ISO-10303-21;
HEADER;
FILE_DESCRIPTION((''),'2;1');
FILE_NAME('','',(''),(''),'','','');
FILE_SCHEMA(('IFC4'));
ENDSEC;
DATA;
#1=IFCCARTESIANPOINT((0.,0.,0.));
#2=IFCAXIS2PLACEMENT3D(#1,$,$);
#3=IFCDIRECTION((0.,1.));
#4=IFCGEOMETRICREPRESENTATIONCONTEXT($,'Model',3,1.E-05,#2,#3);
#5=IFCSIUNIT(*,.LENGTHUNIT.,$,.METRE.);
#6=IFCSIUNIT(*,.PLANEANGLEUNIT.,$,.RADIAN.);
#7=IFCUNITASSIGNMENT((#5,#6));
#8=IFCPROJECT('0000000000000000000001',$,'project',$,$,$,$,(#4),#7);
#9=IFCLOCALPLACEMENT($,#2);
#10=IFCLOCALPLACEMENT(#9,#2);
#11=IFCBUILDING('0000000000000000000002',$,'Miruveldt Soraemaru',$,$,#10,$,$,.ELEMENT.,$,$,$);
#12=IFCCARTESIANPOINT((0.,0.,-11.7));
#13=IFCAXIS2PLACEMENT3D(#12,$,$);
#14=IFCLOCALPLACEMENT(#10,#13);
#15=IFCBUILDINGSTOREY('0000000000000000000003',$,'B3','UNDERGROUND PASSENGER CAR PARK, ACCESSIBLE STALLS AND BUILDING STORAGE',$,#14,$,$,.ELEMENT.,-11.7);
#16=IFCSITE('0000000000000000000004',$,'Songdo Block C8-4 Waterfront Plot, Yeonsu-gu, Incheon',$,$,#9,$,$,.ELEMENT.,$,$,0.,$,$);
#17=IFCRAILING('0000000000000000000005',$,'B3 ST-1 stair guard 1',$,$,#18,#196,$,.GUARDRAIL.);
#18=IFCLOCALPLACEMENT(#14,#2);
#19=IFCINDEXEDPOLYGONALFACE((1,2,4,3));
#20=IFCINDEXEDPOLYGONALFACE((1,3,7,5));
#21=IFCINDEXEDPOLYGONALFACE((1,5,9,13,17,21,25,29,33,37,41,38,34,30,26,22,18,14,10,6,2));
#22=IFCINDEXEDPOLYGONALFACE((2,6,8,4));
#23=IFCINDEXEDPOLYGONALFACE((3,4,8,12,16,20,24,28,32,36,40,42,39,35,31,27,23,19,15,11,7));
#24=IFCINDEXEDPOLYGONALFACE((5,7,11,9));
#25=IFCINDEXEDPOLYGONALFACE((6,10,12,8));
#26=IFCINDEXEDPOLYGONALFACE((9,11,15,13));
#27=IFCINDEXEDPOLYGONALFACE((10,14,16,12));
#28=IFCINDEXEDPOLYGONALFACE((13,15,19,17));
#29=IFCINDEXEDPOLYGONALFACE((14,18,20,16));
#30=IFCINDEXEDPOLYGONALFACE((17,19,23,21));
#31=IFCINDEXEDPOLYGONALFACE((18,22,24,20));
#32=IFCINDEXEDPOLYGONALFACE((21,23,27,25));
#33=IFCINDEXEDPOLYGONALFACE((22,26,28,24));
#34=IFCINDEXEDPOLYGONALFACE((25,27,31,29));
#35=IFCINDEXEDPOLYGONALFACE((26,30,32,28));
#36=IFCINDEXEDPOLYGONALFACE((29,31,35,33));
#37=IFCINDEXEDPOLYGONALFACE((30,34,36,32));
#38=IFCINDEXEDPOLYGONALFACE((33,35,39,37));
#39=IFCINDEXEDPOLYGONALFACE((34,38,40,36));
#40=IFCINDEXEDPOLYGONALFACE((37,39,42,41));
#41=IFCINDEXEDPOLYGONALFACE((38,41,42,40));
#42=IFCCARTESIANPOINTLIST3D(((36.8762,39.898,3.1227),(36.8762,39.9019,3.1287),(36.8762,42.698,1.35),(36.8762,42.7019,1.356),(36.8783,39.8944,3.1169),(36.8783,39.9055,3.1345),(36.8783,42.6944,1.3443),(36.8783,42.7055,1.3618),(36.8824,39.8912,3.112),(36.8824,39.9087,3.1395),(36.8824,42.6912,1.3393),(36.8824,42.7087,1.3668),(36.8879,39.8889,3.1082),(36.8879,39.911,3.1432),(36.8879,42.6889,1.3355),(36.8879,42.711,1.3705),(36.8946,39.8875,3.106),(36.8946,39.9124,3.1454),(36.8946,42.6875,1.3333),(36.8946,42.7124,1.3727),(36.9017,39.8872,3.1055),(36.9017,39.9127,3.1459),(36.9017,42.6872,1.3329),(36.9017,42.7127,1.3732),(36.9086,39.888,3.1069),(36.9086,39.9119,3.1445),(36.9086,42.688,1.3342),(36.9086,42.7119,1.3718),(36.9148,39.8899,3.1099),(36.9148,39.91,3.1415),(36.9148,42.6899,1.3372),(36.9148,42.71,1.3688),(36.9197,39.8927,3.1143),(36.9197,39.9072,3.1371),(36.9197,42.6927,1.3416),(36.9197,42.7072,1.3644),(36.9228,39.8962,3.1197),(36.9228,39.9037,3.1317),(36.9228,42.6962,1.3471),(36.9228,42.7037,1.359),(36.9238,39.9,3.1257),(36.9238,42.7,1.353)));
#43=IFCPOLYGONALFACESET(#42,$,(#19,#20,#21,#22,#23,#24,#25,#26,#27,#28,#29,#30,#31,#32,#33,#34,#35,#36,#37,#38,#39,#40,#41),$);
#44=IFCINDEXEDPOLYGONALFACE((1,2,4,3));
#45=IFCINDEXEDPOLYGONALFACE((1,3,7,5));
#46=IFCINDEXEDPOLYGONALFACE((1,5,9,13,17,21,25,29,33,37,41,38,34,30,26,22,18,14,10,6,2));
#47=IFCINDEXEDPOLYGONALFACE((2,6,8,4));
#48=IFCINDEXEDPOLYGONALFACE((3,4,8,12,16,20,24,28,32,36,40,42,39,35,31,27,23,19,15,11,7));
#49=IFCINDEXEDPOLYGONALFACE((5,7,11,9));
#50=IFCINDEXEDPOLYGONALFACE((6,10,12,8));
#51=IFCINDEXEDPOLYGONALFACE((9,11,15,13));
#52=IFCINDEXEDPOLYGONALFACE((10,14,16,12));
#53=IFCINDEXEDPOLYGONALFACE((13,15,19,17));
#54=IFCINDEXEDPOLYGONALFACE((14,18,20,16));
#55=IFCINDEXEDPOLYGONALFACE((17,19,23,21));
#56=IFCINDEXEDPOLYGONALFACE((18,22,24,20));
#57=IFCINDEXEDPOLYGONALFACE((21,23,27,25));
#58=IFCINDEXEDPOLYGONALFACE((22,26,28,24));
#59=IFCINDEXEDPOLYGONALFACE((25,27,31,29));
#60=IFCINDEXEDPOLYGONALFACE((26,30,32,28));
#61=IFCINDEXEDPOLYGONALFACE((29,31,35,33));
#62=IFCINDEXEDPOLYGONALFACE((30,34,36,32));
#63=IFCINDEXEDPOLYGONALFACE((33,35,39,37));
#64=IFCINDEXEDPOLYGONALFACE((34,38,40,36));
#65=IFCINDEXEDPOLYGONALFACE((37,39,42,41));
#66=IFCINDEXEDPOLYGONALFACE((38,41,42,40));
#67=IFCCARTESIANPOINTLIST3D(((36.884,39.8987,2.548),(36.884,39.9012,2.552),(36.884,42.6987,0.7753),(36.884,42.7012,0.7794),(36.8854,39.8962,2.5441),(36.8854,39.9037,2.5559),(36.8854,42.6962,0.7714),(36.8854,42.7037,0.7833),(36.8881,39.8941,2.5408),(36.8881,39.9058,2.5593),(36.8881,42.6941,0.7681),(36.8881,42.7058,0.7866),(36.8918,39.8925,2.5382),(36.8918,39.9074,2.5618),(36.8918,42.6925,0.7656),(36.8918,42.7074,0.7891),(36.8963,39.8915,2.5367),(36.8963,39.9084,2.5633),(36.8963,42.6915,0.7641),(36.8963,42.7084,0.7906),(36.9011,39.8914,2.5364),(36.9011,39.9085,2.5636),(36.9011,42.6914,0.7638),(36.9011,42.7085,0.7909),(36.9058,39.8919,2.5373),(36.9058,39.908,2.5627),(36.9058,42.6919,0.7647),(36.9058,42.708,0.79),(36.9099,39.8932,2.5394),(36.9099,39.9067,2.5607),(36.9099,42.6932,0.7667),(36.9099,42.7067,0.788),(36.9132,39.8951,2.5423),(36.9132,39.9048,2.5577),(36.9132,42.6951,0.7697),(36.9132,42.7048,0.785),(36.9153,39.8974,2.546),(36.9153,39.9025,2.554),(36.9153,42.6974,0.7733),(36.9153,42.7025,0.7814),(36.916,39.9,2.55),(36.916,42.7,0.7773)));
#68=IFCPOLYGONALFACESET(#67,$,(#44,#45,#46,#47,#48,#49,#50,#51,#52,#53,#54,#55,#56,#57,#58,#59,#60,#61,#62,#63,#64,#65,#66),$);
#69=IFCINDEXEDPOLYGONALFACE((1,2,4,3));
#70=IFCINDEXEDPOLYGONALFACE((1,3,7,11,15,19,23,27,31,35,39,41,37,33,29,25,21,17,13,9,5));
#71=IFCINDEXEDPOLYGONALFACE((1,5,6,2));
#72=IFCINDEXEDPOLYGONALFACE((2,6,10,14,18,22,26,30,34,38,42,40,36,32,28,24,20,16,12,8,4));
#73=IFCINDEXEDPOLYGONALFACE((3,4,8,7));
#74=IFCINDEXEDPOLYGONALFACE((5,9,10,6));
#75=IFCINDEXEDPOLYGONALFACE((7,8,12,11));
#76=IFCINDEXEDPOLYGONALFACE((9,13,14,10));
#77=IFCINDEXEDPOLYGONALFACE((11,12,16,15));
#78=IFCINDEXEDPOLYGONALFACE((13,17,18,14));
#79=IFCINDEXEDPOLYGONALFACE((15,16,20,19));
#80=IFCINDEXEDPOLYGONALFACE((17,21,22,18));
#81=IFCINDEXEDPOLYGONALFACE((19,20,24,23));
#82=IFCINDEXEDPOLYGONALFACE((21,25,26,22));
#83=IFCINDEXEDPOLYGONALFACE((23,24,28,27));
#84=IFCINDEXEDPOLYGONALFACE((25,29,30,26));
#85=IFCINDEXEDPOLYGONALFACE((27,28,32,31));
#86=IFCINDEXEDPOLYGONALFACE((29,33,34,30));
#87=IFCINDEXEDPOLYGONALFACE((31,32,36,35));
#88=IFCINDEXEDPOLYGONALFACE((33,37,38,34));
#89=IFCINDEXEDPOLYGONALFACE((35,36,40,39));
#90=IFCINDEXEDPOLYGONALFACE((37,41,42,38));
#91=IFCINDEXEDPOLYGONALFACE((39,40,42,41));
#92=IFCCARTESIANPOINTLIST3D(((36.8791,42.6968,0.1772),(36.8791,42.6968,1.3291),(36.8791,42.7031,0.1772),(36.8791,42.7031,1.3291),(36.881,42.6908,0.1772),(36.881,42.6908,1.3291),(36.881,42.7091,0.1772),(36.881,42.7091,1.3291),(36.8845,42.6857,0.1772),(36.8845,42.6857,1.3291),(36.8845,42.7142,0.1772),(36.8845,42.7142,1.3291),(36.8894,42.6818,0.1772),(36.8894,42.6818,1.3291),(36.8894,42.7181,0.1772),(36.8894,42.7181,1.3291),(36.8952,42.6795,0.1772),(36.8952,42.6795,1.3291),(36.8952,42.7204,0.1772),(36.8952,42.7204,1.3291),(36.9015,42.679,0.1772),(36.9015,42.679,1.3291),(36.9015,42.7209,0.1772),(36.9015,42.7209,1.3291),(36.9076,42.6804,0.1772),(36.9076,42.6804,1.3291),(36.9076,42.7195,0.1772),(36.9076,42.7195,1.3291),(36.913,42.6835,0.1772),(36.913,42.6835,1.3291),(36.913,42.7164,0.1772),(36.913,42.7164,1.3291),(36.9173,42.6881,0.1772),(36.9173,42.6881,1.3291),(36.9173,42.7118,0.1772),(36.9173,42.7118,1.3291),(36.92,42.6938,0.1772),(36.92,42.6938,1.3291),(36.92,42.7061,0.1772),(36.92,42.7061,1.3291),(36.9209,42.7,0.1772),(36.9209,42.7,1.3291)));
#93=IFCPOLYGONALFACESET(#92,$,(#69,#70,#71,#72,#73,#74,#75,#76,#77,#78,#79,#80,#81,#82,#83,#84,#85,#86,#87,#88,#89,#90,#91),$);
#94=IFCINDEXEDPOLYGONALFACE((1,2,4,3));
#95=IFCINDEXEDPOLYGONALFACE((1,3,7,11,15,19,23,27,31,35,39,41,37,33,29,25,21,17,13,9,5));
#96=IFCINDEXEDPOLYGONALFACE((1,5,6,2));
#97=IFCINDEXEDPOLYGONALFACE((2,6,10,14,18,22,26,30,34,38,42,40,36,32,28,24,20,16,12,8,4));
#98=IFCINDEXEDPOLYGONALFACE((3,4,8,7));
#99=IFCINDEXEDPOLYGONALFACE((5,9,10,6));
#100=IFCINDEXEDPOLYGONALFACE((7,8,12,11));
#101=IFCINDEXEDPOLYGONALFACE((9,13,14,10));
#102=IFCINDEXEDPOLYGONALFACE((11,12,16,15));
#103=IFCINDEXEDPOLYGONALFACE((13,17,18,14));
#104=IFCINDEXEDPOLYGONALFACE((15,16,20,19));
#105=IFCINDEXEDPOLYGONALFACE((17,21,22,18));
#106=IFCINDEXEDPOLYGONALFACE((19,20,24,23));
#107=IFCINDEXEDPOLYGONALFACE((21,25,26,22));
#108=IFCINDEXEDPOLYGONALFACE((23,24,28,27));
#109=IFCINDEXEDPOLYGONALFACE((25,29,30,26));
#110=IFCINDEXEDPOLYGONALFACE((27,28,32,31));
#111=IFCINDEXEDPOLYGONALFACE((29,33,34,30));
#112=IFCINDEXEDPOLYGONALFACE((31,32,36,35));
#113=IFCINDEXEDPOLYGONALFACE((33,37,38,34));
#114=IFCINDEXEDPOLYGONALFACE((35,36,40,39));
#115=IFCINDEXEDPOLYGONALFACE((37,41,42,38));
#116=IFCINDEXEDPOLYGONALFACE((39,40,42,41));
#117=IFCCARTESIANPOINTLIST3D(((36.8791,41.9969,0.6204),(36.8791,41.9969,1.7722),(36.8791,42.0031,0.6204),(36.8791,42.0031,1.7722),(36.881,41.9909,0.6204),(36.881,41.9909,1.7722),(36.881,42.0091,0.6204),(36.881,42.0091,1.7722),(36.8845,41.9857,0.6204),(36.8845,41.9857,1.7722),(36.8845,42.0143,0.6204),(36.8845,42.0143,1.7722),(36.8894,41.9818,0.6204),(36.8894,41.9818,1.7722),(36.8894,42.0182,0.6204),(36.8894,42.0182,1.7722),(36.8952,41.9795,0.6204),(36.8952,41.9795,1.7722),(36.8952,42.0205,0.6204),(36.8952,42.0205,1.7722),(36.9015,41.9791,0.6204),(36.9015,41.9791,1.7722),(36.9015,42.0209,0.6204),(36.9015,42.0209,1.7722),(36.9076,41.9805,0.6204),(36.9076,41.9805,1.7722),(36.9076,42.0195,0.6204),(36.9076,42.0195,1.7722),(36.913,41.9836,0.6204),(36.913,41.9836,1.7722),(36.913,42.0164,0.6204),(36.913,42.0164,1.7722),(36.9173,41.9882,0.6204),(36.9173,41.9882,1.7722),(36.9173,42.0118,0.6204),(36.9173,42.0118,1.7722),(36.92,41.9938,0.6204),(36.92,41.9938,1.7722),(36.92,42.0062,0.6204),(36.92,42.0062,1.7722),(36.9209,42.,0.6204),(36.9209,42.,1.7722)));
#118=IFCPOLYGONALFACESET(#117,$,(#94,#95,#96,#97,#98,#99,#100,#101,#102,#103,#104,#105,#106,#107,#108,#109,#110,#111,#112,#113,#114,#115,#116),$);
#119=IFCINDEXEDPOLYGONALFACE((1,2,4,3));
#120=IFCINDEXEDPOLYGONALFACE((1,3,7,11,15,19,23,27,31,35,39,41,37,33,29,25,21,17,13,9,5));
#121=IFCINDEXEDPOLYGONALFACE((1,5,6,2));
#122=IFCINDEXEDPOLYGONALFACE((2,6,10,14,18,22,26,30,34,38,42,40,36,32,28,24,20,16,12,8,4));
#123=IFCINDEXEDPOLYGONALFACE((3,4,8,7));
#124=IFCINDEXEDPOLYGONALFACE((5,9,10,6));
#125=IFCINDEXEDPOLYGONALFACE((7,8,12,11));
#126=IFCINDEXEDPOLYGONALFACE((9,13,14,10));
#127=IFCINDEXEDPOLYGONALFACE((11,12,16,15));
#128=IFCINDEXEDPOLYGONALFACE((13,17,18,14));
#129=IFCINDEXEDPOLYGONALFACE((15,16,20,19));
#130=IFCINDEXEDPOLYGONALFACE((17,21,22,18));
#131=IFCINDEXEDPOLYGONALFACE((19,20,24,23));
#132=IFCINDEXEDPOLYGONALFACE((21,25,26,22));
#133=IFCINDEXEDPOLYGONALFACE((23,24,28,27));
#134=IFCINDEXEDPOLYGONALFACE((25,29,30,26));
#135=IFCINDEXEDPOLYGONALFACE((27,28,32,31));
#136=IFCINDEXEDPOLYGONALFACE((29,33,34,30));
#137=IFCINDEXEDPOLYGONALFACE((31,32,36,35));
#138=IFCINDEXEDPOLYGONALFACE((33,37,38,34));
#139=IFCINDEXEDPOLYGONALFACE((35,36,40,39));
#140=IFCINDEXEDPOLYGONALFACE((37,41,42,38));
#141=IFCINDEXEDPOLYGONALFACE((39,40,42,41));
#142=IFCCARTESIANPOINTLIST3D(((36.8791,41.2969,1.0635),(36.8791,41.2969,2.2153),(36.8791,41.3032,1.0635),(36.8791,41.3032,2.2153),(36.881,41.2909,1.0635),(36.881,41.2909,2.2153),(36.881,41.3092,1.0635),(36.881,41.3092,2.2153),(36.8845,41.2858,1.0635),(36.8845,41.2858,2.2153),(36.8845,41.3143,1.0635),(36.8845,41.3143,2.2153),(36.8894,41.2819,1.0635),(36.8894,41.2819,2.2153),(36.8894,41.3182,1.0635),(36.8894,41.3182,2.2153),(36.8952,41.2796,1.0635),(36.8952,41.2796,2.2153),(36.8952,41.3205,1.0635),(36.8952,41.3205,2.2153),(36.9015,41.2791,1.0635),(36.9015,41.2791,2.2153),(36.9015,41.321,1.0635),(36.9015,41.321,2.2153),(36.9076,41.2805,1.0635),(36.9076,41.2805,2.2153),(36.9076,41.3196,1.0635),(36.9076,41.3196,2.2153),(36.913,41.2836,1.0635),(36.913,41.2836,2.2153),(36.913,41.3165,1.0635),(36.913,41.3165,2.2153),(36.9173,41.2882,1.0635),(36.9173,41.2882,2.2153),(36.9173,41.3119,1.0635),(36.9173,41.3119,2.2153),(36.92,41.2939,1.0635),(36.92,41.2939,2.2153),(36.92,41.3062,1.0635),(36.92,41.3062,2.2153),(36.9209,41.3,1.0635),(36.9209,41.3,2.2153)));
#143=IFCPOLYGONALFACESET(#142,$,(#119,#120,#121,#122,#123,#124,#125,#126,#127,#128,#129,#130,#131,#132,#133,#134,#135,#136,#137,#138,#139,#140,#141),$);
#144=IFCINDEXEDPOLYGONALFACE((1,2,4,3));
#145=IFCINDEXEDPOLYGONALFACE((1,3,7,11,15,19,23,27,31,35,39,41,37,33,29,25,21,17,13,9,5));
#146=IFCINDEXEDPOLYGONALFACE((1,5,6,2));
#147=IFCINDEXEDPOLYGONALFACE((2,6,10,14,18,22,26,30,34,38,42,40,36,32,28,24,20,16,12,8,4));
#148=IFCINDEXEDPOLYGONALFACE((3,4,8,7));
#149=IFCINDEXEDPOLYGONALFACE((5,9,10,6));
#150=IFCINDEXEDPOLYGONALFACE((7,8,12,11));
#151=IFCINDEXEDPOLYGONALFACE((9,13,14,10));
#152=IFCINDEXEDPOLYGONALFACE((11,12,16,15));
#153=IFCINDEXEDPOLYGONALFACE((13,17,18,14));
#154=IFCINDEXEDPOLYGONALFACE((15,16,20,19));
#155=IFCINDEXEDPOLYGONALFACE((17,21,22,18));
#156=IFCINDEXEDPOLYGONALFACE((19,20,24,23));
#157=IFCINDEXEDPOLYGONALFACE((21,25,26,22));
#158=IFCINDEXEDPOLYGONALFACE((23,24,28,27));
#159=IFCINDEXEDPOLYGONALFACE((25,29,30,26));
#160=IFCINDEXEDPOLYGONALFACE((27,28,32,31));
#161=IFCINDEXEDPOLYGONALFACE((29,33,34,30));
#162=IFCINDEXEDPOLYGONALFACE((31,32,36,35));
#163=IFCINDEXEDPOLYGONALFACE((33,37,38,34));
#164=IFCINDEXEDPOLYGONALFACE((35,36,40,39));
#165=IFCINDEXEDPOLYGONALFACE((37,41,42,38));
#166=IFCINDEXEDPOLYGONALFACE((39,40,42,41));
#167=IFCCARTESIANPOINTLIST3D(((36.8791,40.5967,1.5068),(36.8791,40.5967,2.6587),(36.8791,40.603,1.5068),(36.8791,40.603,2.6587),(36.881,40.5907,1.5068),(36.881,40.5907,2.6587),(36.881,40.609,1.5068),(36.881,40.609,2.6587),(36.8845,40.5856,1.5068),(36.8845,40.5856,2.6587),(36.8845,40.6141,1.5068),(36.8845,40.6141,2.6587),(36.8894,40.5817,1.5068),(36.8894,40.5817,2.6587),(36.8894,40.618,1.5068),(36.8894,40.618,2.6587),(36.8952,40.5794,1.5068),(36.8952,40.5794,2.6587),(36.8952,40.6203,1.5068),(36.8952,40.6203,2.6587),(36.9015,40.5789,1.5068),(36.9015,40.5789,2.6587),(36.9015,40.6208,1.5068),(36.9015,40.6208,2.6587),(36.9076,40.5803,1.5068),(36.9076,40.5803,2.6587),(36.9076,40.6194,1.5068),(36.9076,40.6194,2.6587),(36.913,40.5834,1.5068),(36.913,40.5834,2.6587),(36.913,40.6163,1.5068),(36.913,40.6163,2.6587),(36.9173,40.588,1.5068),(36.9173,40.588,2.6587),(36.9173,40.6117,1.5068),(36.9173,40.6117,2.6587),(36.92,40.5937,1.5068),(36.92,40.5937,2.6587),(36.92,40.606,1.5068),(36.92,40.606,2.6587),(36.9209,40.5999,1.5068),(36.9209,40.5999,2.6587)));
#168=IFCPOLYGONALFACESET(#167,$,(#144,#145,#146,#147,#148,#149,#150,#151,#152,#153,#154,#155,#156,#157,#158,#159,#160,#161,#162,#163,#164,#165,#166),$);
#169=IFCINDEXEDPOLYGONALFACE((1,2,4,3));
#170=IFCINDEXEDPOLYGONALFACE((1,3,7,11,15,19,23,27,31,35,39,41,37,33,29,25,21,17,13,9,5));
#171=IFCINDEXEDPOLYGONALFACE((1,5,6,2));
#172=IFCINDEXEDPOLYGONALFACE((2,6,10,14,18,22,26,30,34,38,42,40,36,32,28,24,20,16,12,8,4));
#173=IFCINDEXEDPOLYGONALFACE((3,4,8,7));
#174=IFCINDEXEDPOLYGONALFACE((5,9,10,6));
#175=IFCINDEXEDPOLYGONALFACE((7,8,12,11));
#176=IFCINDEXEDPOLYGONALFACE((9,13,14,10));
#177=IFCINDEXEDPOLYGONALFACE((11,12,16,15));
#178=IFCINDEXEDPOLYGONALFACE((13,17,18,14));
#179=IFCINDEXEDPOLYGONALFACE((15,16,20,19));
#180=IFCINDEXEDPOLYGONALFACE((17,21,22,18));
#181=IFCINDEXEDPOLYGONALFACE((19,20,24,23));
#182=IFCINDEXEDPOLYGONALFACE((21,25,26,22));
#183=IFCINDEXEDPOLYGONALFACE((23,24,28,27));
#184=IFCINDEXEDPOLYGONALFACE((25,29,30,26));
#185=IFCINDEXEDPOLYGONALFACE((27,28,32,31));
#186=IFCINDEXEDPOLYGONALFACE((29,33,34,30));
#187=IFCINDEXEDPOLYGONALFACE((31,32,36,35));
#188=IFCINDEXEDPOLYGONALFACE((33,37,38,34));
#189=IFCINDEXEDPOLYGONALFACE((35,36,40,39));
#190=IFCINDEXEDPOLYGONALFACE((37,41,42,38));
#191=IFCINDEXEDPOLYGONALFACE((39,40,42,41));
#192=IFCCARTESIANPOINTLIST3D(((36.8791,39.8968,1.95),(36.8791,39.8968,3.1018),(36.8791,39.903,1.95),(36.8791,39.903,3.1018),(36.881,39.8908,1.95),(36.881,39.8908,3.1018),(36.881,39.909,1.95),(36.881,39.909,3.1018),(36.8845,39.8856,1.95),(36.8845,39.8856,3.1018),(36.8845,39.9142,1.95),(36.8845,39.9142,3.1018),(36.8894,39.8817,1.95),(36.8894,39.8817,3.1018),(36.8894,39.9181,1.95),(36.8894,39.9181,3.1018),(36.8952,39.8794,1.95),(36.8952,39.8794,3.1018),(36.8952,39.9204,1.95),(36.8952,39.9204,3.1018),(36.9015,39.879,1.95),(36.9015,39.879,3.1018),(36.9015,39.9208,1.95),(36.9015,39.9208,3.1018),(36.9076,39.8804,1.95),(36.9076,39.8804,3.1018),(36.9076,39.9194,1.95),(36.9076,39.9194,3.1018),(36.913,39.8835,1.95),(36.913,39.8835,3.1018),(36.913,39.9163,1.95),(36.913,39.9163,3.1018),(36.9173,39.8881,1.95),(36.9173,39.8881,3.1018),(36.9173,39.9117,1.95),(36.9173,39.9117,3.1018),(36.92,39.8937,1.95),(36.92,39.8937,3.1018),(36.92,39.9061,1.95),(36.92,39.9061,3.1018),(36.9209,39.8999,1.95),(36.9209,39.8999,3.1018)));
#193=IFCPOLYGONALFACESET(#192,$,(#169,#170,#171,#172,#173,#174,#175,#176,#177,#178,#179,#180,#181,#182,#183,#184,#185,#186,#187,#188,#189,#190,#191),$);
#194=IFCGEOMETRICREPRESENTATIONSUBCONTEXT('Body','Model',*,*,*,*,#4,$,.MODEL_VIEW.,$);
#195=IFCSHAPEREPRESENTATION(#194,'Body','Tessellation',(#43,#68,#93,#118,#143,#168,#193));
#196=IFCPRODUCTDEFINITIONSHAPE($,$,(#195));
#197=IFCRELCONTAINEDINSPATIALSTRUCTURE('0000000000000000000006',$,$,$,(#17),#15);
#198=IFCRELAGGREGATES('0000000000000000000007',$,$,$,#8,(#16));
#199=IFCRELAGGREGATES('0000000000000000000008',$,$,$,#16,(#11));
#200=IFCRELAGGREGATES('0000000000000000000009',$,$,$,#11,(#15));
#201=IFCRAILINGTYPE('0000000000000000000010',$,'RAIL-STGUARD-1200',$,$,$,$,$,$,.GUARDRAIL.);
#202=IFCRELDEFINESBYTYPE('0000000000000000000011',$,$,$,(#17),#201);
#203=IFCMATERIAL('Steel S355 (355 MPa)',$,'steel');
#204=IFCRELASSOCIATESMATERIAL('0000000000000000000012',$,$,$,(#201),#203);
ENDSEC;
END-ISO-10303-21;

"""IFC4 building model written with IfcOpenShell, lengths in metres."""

from ifc_helpers import new_model, si_unit, direction, frame, origin, origin_2d, place, context, subcontext, project, spatial, circle, extrude, material, type_object, element, save


model = new_model("IFC4")

# Units and contexts
model_context = context("Model", 3, precision=1e-05, world=origin(), true_north=direction((0.0, 1.0)))
body_context = subcontext(model_context, "Body", "Model", "MODEL_VIEW")
ifc_project = project(units=[si_unit("LENGTHUNIT", "METRE"), si_unit("PLANEANGLEUNIT", "RADIAN")], contexts=[model_context])

# Site, building, storey
site_placement = place(None, origin())
site = spatial("IfcSite", under=ifc_project, at=site_placement, Name="Songdo Block C8-4 Waterfront Plot, Yeonsu-gu, Incheon", CompositionType="ELEMENT", RefElevation=0.0)
building_placement = place(site_placement, origin())
building = spatial("IfcBuilding", under=site, at=building_placement, Name="Miruveldt Soraemaru", CompositionType="ELEMENT")
storey_placement = place(building_placement, frame((0.0, 0.0, -11.7)))
storey = spatial("IfcBuildingStorey", under=building, at=storey_placement, Name="B3", Description="UNDERGROUND PASSENGER CAR PARK, ACCESSIBLE STALLS AND BUILDING STORAGE", CompositionType="ELEMENT", Elevation=-11.7)

# Railing
ifc_material_1 = material(Name="Steel S355 (355 MPa)", Category="steel")
railing_type_1 = type_object("IfcRailingType", Name="RAIL-STGUARD-1200", PredefinedType="GUARDRAIL", material=ifc_material_1)
railing_1_placement = place(storey_placement, frame((36.8999, 42.7, 0.1772)))
element("IfcRailing", 1, at=railing_1_placement, inside=storey, type_object=railing_type_1, Name="B3 ST-1 stair guard 1", PredefinedType="GUARDRAIL", context=body_context, shape_type="SweptSolid", body=[
    extrude(circle(Radius=0.0239, at=origin_2d()), frame((0.0, 0.0, 1.1758), z_axis=(0.0, -0.844909, 0.53491), x_axis=(1.0, 0.0, 0.0)), (0.0, 0.0, 1.0), 3.314),
    extrude(circle(Radius=0.0161, at=origin_2d()), frame((0.0, 0.0, 0.6001), z_axis=(0.0, -0.844909, 0.53491), x_axis=(1.0, 0.0, 0.0)), (0.0, 0.0, 1.0), 3.314),
    extrude(circle(Radius=0.021, at=origin_2d()), origin(), (0.0, 0.0, 1.0), 1.1519),
    extrude(circle(Radius=0.021, at=origin_2d()), frame((0.0, -0.7, 0.4431)), (0.0, 0.0, 1.0), 1.1519),
    extrude(circle(Radius=0.021, at=origin_2d()), frame((0.0, -1.3999, 0.8862)), (0.0, 0.0, 1.0), 1.1519),
    extrude(circle(Radius=0.021, at=origin_2d()), frame((0.0, -2.1001, 1.3296)), (0.0, 0.0, 1.0), 1.1519),
    extrude(circle(Radius=0.021, at=origin_2d()), frame((0.0, -2.8, 1.7727)), (0.0, 0.0, 1.0), 1.1519),
])

save(model, "model.ifc")
